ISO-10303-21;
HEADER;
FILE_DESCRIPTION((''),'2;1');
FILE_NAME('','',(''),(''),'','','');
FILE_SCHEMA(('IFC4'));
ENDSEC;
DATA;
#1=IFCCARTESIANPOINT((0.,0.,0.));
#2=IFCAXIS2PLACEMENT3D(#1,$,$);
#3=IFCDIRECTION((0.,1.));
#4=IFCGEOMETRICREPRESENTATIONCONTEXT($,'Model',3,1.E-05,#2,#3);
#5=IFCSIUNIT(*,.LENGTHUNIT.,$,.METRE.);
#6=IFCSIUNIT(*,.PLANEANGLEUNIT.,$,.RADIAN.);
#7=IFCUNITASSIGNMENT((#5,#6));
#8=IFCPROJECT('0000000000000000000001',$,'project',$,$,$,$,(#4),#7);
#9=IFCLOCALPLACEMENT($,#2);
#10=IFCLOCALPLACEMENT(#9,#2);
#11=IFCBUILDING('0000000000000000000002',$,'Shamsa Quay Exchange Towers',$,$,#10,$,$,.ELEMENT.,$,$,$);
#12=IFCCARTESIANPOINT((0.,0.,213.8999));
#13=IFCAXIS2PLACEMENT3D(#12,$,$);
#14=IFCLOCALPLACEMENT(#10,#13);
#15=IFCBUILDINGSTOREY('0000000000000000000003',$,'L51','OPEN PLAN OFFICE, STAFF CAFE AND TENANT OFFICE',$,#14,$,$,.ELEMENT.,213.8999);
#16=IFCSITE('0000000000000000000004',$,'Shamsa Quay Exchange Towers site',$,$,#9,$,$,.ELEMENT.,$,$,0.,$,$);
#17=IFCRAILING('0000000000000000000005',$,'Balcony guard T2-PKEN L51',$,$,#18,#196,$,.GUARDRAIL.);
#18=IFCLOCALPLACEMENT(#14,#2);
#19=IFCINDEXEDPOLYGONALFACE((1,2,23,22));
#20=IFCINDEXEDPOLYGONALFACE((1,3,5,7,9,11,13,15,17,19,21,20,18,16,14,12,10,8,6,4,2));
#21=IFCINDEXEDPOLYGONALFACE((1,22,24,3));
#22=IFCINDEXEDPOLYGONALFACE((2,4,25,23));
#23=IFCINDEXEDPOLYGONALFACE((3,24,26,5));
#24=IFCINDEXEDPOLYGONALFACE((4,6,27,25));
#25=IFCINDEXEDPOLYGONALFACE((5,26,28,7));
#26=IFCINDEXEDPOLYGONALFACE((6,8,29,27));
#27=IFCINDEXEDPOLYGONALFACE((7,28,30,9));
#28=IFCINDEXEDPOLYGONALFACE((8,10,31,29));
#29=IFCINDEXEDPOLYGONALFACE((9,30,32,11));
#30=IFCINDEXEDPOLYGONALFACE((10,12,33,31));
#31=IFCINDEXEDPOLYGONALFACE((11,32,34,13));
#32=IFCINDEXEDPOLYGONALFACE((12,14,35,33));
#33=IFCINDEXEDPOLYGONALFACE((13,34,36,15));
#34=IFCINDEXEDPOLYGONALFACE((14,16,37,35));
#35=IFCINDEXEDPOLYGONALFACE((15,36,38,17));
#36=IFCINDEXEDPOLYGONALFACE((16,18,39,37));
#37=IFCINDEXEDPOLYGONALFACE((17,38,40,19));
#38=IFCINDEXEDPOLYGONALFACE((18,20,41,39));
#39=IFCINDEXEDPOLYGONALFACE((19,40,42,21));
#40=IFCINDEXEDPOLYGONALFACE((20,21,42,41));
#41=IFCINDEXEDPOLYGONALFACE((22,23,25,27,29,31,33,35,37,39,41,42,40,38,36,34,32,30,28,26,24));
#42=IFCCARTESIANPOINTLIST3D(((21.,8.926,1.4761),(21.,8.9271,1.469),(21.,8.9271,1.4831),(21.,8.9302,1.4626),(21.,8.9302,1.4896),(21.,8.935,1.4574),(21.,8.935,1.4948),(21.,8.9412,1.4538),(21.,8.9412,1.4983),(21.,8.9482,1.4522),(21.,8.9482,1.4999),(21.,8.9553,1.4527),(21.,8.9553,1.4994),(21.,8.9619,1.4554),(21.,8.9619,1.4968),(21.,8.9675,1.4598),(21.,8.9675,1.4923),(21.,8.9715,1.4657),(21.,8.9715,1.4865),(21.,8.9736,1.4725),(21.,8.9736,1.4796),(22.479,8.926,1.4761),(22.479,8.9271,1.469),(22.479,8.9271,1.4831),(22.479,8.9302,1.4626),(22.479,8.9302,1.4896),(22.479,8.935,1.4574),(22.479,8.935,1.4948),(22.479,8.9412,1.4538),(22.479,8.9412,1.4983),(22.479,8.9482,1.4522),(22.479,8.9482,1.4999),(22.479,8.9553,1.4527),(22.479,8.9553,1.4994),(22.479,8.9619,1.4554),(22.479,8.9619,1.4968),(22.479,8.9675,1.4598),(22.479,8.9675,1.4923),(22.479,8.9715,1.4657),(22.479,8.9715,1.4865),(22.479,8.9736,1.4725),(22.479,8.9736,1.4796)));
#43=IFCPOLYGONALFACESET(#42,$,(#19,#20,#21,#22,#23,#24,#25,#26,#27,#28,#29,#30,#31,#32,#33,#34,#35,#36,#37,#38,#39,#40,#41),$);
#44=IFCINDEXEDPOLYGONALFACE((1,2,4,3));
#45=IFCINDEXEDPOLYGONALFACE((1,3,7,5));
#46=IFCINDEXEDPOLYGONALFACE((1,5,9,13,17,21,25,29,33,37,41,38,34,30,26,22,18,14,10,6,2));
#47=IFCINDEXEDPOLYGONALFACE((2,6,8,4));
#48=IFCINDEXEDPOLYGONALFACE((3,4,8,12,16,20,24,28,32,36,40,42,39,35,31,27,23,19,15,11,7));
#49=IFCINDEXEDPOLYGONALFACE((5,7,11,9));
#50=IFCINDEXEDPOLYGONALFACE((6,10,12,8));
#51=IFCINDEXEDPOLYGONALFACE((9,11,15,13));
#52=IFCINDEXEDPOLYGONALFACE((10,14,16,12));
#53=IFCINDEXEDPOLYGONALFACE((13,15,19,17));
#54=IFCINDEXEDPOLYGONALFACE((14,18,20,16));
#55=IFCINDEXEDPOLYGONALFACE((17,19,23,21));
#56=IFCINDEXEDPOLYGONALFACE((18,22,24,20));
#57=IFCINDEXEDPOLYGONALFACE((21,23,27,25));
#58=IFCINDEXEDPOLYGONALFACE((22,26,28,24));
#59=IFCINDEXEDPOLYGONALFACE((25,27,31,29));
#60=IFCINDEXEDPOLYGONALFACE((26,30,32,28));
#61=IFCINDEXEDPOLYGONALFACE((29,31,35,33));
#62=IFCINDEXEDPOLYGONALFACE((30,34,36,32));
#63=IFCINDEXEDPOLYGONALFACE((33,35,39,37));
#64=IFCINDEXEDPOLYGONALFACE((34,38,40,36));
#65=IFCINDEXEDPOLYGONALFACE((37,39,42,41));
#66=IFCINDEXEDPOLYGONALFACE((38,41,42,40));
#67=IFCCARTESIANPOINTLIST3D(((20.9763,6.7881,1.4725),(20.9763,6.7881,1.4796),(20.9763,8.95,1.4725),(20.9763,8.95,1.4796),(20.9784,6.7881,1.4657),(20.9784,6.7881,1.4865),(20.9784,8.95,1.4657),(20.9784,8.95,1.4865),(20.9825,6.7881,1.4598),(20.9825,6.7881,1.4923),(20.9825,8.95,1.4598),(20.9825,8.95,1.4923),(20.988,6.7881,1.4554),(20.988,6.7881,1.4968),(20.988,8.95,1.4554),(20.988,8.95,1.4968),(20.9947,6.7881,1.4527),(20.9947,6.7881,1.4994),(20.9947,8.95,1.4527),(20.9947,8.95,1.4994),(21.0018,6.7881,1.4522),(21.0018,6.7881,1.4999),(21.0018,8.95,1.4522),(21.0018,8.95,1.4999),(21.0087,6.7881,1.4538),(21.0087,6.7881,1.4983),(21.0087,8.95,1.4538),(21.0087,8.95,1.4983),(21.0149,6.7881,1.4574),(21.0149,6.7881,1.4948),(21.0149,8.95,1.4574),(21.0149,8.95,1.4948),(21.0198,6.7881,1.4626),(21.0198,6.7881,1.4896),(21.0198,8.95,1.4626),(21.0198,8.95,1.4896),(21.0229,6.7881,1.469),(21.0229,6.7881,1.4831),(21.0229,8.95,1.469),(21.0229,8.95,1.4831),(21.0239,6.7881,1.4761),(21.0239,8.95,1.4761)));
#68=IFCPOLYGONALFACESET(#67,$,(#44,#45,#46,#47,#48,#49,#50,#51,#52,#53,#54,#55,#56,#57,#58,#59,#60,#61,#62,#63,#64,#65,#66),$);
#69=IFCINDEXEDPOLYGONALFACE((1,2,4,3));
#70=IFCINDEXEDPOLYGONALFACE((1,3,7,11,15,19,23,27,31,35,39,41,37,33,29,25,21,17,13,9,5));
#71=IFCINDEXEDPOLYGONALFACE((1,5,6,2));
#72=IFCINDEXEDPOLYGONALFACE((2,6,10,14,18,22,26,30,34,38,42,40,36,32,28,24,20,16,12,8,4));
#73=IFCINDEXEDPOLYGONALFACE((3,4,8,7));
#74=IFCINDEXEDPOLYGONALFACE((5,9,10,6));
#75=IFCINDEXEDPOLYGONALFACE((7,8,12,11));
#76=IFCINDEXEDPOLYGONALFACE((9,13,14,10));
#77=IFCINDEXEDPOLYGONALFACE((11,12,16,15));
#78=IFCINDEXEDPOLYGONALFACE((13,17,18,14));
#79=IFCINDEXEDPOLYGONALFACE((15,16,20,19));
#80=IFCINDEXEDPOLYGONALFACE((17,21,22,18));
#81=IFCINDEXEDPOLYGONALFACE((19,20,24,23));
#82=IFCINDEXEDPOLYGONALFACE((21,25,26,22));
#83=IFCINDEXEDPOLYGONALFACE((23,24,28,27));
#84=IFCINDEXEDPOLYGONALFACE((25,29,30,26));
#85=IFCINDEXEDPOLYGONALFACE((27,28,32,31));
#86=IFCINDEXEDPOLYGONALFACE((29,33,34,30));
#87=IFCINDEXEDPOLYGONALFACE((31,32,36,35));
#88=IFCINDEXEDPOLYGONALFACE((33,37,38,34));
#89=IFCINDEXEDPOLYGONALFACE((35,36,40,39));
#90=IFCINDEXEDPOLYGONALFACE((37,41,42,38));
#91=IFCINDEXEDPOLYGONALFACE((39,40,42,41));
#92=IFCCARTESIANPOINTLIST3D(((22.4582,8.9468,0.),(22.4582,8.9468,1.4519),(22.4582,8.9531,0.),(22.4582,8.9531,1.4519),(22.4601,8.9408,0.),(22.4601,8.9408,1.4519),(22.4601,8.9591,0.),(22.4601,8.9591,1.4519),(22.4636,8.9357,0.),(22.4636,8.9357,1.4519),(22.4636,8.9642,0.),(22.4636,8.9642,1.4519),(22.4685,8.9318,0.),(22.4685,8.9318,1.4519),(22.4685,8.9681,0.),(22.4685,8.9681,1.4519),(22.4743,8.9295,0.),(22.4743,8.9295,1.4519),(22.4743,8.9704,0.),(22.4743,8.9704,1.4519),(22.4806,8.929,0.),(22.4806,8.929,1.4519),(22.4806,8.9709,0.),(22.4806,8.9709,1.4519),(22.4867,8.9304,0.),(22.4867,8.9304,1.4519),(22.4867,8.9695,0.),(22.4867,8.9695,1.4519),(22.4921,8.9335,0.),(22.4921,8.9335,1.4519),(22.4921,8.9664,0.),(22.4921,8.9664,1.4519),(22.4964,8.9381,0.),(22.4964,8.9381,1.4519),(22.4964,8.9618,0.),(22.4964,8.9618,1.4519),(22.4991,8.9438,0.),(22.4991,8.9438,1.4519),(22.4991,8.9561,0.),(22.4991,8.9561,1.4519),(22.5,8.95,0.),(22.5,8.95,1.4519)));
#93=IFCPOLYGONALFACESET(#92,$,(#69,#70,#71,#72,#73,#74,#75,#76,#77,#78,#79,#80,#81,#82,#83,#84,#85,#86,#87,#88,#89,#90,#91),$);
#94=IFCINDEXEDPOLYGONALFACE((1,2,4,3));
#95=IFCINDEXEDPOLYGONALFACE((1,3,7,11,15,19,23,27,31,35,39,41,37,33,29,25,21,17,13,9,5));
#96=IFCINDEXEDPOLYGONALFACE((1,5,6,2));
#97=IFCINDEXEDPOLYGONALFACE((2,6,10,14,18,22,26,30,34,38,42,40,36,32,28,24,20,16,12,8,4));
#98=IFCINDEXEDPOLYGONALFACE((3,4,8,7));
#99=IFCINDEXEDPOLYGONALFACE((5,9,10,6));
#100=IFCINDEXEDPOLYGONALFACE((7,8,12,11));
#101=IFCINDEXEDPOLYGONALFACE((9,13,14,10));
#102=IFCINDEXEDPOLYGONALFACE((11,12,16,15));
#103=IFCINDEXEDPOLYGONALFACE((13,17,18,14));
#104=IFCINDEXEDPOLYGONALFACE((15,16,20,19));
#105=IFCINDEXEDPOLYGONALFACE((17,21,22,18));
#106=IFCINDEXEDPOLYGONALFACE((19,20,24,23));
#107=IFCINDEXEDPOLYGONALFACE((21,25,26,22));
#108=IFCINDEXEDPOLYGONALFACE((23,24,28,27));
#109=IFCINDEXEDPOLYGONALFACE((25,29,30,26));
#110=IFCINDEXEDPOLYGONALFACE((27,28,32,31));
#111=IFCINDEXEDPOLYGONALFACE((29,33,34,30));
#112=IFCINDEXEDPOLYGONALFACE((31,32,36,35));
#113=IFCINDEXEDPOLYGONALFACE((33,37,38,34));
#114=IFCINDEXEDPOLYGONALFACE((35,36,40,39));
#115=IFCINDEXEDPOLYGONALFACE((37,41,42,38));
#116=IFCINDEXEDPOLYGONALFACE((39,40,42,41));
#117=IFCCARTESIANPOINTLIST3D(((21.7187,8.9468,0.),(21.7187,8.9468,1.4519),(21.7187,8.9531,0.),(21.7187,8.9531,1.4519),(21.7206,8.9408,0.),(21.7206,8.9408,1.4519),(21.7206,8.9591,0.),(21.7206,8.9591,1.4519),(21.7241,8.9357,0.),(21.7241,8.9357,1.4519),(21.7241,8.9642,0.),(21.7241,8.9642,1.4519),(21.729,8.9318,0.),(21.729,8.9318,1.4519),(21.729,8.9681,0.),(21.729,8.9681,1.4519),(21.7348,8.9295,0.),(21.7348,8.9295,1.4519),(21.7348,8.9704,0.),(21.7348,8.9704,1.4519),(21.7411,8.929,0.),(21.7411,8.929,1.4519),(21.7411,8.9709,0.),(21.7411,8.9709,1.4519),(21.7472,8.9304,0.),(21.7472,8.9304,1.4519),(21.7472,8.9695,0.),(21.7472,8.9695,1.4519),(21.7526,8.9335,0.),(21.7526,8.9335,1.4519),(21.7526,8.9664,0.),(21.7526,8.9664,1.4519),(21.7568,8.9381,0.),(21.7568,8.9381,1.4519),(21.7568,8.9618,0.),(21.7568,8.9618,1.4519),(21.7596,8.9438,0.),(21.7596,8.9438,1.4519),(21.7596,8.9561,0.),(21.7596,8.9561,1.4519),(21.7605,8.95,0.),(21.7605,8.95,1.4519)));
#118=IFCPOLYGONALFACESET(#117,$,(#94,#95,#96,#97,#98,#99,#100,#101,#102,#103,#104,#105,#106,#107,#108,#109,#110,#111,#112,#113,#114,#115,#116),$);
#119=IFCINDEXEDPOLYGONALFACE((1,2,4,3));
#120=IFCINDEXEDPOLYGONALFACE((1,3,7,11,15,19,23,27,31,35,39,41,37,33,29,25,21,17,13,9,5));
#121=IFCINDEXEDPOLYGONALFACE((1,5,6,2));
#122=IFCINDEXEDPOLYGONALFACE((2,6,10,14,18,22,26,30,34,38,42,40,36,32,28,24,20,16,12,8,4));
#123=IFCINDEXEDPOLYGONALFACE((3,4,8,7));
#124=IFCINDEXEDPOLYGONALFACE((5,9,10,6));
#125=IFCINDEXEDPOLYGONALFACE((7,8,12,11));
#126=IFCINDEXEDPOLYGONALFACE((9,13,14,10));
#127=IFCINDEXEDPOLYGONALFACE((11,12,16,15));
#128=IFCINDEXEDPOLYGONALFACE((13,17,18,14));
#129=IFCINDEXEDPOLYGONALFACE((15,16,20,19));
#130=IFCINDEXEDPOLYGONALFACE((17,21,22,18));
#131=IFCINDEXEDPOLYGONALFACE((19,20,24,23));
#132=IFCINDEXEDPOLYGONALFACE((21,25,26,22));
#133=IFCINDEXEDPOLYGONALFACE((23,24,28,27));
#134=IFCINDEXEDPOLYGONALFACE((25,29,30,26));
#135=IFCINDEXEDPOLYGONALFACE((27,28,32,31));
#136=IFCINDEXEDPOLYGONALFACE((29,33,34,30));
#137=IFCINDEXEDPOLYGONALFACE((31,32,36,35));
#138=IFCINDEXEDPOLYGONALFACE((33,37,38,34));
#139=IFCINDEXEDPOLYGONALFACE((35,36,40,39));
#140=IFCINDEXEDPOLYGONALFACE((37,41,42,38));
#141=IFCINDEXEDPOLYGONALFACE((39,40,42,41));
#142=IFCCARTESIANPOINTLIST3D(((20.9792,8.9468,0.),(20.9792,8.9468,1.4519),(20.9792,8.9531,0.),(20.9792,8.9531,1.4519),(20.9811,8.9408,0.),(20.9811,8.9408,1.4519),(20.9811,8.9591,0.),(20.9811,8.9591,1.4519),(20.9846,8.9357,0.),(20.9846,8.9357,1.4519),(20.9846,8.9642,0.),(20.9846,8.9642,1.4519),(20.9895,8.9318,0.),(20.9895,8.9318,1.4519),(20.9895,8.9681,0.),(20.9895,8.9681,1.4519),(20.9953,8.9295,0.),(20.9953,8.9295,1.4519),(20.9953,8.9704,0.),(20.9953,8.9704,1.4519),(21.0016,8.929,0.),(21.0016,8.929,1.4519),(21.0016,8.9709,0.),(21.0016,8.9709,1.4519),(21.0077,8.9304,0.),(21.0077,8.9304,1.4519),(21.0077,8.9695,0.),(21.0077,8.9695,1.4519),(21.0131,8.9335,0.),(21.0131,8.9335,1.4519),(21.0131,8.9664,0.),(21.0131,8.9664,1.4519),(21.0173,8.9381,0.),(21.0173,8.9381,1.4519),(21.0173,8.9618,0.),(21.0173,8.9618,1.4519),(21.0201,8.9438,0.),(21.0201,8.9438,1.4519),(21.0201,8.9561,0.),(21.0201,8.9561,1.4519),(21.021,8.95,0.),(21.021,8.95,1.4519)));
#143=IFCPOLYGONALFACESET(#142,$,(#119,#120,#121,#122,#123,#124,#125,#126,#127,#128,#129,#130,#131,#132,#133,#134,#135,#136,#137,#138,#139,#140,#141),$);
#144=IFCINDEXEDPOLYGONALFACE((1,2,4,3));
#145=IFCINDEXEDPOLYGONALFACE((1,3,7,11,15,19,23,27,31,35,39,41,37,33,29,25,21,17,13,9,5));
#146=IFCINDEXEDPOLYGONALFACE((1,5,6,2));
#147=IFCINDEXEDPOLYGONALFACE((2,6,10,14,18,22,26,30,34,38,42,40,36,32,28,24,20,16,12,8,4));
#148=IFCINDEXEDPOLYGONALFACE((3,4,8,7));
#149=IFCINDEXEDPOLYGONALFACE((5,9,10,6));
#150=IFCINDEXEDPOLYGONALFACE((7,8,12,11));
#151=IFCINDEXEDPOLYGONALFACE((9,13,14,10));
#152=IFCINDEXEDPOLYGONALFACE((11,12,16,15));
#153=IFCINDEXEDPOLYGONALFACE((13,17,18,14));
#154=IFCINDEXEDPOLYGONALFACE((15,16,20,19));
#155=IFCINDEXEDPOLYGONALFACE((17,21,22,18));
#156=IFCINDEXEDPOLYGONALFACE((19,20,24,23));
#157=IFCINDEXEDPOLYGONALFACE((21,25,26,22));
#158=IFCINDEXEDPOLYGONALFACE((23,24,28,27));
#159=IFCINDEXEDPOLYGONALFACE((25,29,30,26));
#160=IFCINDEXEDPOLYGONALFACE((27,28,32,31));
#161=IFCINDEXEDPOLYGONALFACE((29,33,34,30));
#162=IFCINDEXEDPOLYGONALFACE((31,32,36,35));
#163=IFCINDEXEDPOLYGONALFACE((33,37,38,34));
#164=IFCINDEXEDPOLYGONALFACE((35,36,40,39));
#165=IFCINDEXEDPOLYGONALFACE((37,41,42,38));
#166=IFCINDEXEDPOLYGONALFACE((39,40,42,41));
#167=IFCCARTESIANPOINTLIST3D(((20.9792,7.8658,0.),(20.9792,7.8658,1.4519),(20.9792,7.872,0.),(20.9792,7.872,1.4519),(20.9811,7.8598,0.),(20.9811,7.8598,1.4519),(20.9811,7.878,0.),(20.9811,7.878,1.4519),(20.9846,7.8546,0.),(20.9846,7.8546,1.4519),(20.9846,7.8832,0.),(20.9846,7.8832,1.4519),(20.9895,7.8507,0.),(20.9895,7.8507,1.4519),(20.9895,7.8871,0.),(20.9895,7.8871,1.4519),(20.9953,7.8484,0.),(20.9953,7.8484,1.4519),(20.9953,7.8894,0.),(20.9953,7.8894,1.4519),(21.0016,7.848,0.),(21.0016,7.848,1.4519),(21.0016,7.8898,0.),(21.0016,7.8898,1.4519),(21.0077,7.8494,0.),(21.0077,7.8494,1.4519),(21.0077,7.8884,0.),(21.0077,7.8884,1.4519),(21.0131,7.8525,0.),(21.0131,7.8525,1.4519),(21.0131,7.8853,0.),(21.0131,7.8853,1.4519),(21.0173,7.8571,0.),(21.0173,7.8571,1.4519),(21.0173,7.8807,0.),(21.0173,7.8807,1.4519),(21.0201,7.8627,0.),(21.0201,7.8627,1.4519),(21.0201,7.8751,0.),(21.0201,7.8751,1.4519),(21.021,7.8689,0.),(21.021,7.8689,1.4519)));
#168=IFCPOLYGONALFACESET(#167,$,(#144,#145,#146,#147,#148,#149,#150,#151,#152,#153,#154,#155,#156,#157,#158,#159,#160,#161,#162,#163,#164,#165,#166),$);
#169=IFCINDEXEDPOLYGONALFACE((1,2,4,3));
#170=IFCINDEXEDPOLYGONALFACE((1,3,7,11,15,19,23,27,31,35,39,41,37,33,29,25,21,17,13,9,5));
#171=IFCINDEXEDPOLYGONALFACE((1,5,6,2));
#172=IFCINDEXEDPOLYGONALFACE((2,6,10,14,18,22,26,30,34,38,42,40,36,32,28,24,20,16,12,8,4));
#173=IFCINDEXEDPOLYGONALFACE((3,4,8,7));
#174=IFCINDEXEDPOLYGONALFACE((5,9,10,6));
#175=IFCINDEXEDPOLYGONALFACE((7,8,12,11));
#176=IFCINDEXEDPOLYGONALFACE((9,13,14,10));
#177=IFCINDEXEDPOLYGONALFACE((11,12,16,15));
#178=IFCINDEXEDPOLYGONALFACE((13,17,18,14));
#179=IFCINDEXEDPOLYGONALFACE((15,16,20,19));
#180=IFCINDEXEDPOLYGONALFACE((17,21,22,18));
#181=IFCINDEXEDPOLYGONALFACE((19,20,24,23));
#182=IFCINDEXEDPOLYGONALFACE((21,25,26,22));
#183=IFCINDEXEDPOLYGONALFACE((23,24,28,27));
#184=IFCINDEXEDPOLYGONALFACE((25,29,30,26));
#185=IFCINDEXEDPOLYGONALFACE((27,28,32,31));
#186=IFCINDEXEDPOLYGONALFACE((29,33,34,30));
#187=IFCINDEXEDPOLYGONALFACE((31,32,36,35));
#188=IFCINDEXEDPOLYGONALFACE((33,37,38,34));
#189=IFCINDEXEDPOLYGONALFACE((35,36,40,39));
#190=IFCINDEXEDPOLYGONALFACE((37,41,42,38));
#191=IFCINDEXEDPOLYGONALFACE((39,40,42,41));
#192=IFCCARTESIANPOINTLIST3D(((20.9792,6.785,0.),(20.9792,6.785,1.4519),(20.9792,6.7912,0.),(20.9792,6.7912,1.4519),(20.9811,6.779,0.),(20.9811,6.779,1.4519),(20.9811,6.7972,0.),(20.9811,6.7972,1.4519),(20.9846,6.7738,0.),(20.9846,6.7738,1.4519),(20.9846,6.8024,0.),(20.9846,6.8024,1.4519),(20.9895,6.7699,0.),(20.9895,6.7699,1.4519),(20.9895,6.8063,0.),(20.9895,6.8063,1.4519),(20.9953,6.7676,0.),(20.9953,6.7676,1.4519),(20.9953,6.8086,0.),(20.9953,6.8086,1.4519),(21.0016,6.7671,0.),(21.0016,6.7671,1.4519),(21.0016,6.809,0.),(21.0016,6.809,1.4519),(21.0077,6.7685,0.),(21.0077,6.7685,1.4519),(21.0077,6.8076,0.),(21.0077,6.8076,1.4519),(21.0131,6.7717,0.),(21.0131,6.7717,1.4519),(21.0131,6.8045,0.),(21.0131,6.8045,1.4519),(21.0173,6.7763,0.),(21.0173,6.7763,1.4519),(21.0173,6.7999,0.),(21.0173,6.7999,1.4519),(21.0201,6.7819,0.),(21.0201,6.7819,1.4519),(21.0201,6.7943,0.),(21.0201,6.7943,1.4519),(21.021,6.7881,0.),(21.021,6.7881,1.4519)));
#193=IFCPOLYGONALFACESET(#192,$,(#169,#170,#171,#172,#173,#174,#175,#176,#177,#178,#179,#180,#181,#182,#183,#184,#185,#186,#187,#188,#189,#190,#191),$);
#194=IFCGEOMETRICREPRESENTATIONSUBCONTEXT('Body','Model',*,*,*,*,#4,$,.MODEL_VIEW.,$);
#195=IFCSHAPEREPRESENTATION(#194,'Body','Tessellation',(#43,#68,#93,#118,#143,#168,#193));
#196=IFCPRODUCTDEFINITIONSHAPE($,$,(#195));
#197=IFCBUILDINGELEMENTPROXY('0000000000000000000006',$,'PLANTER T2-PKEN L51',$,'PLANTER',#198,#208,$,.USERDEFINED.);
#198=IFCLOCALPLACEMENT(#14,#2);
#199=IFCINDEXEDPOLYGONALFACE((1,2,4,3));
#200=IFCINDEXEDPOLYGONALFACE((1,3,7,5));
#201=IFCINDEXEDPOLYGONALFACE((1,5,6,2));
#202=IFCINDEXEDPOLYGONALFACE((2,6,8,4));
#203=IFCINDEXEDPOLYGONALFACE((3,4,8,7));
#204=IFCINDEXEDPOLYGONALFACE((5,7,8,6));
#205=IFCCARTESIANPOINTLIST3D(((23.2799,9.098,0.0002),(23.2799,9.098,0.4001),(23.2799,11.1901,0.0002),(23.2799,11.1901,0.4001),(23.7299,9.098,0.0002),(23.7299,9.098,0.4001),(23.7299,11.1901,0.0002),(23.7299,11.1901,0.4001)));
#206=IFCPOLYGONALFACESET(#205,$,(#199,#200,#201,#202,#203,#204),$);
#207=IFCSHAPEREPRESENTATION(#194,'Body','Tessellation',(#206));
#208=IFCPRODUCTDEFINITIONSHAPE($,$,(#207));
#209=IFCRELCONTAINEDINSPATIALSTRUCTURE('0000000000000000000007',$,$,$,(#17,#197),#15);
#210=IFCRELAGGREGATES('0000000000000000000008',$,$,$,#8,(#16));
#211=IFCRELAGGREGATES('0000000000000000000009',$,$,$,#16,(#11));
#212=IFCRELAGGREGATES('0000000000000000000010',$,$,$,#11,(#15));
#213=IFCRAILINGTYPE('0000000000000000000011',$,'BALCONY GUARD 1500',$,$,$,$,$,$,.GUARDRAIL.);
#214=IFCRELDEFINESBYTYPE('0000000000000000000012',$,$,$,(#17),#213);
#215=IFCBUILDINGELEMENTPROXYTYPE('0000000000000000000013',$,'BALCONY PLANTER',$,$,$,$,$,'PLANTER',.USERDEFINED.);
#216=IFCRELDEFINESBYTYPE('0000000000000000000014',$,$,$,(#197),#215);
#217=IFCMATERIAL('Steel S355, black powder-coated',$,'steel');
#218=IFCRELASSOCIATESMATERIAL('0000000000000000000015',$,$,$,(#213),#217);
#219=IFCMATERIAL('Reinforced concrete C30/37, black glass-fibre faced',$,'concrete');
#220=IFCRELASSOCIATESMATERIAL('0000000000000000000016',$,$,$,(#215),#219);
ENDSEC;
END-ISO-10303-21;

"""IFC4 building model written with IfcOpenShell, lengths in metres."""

from ifc_helpers import new_model, si_unit, direction, frame, origin, origin_2d, place, context, subcontext, project, spatial, rectangle, circle, extrude, material, type_object, element, save


model = new_model("IFC4")

# Units and contexts
model_context = context("Model", 3, precision=1e-05, world=origin(), true_north=direction((0.0, 1.0)))
body_context = subcontext(model_context, "Body", "Model", "MODEL_VIEW")
ifc_project = project(units=[si_unit("LENGTHUNIT", "METRE"), si_unit("PLANEANGLEUNIT", "RADIAN")], contexts=[model_context])

# Site, building, storey
site_placement = place(None, origin())
site = spatial("IfcSite", under=ifc_project, at=site_placement, Name="Shamsa Quay Exchange Towers site", CompositionType="ELEMENT", RefElevation=0.0)
building_placement = place(site_placement, origin())
building = spatial("IfcBuilding", under=site, at=building_placement, Name="Shamsa Quay Exchange Towers", CompositionType="ELEMENT")
storey_placement = place(building_placement, frame((0.0, 0.0, 213.8999)))
storey = spatial("IfcBuildingStorey", under=building, at=storey_placement, Name="L51", Description="OPEN PLAN OFFICE, STAFF CAFE AND TENANT OFFICE", CompositionType="ELEMENT", Elevation=213.8999)

# Railing
ifc_material_1 = material(Name="Steel S355, black powder-coated", Category="steel")
railing_type = type_object("IfcRailingType", Name="BALCONY GUARD 1500", PredefinedType="GUARDRAIL", material=ifc_material_1)
railing_placement = place(storey_placement, frame((22.479, 8.95, 0.0)))
element("IfcRailing", 1, at=railing_placement, inside=storey, type_object=railing_type, Name="Balcony guard T2-PKEN L51", PredefinedType="GUARDRAIL", context=body_context, shape_type="SweptSolid", body=[
    extrude(circle(Radius=0.0239, at=origin_2d()), frame((0.0, 0.0, 1.4761), z_axis=(-1.0, 0.0, 0.0), x_axis=(0.0, -1.0, 0.0)), (0.0, 0.0, 1.0), 1.479),
    extrude(circle(Radius=0.0239, at=origin_2d()), frame((-1.479, 0.0, 1.4761), z_axis=(0.0, -1.0, 0.0), x_axis=(1.0, 0.0, 0.0)), (0.0, 0.0, 1.0), 2.1619),
    extrude(circle(Radius=0.021, at=origin_2d()), origin(), (0.0, 0.0, 1.0), 1.4519),
    extrude(circle(Radius=0.021, at=origin_2d()), frame((-0.7395, 0.0, 0.0)), (0.0, 0.0, 1.0), 1.4519),
    extrude(circle(Radius=0.021, at=origin_2d()), frame((-1.479, 0.0, 0.0)), (0.0, 0.0, 1.0), 1.4519),
    extrude(circle(Radius=0.021, at=origin_2d()), frame((-1.479, -1.0811, 0.0)), (0.0, 0.0, 1.0), 1.4519),
    extrude(circle(Radius=0.021, at=origin_2d()), frame((-1.479, -2.1619, 0.0)), (0.0, 0.0, 1.0), 1.4519),
])

# Building element proxy
ifc_material_2 = material(Name="Reinforced concrete C30/37, black glass-fibre faced", Category="concrete")
building_element_proxy_type = type_object("IfcBuildingElementProxyType", Name="BALCONY PLANTER", ElementType="PLANTER", PredefinedType="USERDEFINED", material=ifc_material_2)
for number, where, z_axis, x_axis, name in (
    (2, (23.5049, 10.144, 0.0002), (0.0, 0.0, 1.0), (0.0, -1.0, 0.0), "PLANTER T2-PKEN L51"),
):
    element("IfcBuildingElementProxy", number, at=place(storey_placement, frame(where, z_axis=z_axis, x_axis=x_axis)), inside=storey, type_object=building_element_proxy_type, Name=name, ObjectType="PLANTER", PredefinedType="USERDEFINED", context=body_context, shape_type="SweptSolid", body=[
        extrude(rectangle(XDim=2.092, YDim=0.45, at=origin_2d()), origin(), (0.0, 0.0, 1.0), 0.3999),
    ])

save(model, "model.ifc")
